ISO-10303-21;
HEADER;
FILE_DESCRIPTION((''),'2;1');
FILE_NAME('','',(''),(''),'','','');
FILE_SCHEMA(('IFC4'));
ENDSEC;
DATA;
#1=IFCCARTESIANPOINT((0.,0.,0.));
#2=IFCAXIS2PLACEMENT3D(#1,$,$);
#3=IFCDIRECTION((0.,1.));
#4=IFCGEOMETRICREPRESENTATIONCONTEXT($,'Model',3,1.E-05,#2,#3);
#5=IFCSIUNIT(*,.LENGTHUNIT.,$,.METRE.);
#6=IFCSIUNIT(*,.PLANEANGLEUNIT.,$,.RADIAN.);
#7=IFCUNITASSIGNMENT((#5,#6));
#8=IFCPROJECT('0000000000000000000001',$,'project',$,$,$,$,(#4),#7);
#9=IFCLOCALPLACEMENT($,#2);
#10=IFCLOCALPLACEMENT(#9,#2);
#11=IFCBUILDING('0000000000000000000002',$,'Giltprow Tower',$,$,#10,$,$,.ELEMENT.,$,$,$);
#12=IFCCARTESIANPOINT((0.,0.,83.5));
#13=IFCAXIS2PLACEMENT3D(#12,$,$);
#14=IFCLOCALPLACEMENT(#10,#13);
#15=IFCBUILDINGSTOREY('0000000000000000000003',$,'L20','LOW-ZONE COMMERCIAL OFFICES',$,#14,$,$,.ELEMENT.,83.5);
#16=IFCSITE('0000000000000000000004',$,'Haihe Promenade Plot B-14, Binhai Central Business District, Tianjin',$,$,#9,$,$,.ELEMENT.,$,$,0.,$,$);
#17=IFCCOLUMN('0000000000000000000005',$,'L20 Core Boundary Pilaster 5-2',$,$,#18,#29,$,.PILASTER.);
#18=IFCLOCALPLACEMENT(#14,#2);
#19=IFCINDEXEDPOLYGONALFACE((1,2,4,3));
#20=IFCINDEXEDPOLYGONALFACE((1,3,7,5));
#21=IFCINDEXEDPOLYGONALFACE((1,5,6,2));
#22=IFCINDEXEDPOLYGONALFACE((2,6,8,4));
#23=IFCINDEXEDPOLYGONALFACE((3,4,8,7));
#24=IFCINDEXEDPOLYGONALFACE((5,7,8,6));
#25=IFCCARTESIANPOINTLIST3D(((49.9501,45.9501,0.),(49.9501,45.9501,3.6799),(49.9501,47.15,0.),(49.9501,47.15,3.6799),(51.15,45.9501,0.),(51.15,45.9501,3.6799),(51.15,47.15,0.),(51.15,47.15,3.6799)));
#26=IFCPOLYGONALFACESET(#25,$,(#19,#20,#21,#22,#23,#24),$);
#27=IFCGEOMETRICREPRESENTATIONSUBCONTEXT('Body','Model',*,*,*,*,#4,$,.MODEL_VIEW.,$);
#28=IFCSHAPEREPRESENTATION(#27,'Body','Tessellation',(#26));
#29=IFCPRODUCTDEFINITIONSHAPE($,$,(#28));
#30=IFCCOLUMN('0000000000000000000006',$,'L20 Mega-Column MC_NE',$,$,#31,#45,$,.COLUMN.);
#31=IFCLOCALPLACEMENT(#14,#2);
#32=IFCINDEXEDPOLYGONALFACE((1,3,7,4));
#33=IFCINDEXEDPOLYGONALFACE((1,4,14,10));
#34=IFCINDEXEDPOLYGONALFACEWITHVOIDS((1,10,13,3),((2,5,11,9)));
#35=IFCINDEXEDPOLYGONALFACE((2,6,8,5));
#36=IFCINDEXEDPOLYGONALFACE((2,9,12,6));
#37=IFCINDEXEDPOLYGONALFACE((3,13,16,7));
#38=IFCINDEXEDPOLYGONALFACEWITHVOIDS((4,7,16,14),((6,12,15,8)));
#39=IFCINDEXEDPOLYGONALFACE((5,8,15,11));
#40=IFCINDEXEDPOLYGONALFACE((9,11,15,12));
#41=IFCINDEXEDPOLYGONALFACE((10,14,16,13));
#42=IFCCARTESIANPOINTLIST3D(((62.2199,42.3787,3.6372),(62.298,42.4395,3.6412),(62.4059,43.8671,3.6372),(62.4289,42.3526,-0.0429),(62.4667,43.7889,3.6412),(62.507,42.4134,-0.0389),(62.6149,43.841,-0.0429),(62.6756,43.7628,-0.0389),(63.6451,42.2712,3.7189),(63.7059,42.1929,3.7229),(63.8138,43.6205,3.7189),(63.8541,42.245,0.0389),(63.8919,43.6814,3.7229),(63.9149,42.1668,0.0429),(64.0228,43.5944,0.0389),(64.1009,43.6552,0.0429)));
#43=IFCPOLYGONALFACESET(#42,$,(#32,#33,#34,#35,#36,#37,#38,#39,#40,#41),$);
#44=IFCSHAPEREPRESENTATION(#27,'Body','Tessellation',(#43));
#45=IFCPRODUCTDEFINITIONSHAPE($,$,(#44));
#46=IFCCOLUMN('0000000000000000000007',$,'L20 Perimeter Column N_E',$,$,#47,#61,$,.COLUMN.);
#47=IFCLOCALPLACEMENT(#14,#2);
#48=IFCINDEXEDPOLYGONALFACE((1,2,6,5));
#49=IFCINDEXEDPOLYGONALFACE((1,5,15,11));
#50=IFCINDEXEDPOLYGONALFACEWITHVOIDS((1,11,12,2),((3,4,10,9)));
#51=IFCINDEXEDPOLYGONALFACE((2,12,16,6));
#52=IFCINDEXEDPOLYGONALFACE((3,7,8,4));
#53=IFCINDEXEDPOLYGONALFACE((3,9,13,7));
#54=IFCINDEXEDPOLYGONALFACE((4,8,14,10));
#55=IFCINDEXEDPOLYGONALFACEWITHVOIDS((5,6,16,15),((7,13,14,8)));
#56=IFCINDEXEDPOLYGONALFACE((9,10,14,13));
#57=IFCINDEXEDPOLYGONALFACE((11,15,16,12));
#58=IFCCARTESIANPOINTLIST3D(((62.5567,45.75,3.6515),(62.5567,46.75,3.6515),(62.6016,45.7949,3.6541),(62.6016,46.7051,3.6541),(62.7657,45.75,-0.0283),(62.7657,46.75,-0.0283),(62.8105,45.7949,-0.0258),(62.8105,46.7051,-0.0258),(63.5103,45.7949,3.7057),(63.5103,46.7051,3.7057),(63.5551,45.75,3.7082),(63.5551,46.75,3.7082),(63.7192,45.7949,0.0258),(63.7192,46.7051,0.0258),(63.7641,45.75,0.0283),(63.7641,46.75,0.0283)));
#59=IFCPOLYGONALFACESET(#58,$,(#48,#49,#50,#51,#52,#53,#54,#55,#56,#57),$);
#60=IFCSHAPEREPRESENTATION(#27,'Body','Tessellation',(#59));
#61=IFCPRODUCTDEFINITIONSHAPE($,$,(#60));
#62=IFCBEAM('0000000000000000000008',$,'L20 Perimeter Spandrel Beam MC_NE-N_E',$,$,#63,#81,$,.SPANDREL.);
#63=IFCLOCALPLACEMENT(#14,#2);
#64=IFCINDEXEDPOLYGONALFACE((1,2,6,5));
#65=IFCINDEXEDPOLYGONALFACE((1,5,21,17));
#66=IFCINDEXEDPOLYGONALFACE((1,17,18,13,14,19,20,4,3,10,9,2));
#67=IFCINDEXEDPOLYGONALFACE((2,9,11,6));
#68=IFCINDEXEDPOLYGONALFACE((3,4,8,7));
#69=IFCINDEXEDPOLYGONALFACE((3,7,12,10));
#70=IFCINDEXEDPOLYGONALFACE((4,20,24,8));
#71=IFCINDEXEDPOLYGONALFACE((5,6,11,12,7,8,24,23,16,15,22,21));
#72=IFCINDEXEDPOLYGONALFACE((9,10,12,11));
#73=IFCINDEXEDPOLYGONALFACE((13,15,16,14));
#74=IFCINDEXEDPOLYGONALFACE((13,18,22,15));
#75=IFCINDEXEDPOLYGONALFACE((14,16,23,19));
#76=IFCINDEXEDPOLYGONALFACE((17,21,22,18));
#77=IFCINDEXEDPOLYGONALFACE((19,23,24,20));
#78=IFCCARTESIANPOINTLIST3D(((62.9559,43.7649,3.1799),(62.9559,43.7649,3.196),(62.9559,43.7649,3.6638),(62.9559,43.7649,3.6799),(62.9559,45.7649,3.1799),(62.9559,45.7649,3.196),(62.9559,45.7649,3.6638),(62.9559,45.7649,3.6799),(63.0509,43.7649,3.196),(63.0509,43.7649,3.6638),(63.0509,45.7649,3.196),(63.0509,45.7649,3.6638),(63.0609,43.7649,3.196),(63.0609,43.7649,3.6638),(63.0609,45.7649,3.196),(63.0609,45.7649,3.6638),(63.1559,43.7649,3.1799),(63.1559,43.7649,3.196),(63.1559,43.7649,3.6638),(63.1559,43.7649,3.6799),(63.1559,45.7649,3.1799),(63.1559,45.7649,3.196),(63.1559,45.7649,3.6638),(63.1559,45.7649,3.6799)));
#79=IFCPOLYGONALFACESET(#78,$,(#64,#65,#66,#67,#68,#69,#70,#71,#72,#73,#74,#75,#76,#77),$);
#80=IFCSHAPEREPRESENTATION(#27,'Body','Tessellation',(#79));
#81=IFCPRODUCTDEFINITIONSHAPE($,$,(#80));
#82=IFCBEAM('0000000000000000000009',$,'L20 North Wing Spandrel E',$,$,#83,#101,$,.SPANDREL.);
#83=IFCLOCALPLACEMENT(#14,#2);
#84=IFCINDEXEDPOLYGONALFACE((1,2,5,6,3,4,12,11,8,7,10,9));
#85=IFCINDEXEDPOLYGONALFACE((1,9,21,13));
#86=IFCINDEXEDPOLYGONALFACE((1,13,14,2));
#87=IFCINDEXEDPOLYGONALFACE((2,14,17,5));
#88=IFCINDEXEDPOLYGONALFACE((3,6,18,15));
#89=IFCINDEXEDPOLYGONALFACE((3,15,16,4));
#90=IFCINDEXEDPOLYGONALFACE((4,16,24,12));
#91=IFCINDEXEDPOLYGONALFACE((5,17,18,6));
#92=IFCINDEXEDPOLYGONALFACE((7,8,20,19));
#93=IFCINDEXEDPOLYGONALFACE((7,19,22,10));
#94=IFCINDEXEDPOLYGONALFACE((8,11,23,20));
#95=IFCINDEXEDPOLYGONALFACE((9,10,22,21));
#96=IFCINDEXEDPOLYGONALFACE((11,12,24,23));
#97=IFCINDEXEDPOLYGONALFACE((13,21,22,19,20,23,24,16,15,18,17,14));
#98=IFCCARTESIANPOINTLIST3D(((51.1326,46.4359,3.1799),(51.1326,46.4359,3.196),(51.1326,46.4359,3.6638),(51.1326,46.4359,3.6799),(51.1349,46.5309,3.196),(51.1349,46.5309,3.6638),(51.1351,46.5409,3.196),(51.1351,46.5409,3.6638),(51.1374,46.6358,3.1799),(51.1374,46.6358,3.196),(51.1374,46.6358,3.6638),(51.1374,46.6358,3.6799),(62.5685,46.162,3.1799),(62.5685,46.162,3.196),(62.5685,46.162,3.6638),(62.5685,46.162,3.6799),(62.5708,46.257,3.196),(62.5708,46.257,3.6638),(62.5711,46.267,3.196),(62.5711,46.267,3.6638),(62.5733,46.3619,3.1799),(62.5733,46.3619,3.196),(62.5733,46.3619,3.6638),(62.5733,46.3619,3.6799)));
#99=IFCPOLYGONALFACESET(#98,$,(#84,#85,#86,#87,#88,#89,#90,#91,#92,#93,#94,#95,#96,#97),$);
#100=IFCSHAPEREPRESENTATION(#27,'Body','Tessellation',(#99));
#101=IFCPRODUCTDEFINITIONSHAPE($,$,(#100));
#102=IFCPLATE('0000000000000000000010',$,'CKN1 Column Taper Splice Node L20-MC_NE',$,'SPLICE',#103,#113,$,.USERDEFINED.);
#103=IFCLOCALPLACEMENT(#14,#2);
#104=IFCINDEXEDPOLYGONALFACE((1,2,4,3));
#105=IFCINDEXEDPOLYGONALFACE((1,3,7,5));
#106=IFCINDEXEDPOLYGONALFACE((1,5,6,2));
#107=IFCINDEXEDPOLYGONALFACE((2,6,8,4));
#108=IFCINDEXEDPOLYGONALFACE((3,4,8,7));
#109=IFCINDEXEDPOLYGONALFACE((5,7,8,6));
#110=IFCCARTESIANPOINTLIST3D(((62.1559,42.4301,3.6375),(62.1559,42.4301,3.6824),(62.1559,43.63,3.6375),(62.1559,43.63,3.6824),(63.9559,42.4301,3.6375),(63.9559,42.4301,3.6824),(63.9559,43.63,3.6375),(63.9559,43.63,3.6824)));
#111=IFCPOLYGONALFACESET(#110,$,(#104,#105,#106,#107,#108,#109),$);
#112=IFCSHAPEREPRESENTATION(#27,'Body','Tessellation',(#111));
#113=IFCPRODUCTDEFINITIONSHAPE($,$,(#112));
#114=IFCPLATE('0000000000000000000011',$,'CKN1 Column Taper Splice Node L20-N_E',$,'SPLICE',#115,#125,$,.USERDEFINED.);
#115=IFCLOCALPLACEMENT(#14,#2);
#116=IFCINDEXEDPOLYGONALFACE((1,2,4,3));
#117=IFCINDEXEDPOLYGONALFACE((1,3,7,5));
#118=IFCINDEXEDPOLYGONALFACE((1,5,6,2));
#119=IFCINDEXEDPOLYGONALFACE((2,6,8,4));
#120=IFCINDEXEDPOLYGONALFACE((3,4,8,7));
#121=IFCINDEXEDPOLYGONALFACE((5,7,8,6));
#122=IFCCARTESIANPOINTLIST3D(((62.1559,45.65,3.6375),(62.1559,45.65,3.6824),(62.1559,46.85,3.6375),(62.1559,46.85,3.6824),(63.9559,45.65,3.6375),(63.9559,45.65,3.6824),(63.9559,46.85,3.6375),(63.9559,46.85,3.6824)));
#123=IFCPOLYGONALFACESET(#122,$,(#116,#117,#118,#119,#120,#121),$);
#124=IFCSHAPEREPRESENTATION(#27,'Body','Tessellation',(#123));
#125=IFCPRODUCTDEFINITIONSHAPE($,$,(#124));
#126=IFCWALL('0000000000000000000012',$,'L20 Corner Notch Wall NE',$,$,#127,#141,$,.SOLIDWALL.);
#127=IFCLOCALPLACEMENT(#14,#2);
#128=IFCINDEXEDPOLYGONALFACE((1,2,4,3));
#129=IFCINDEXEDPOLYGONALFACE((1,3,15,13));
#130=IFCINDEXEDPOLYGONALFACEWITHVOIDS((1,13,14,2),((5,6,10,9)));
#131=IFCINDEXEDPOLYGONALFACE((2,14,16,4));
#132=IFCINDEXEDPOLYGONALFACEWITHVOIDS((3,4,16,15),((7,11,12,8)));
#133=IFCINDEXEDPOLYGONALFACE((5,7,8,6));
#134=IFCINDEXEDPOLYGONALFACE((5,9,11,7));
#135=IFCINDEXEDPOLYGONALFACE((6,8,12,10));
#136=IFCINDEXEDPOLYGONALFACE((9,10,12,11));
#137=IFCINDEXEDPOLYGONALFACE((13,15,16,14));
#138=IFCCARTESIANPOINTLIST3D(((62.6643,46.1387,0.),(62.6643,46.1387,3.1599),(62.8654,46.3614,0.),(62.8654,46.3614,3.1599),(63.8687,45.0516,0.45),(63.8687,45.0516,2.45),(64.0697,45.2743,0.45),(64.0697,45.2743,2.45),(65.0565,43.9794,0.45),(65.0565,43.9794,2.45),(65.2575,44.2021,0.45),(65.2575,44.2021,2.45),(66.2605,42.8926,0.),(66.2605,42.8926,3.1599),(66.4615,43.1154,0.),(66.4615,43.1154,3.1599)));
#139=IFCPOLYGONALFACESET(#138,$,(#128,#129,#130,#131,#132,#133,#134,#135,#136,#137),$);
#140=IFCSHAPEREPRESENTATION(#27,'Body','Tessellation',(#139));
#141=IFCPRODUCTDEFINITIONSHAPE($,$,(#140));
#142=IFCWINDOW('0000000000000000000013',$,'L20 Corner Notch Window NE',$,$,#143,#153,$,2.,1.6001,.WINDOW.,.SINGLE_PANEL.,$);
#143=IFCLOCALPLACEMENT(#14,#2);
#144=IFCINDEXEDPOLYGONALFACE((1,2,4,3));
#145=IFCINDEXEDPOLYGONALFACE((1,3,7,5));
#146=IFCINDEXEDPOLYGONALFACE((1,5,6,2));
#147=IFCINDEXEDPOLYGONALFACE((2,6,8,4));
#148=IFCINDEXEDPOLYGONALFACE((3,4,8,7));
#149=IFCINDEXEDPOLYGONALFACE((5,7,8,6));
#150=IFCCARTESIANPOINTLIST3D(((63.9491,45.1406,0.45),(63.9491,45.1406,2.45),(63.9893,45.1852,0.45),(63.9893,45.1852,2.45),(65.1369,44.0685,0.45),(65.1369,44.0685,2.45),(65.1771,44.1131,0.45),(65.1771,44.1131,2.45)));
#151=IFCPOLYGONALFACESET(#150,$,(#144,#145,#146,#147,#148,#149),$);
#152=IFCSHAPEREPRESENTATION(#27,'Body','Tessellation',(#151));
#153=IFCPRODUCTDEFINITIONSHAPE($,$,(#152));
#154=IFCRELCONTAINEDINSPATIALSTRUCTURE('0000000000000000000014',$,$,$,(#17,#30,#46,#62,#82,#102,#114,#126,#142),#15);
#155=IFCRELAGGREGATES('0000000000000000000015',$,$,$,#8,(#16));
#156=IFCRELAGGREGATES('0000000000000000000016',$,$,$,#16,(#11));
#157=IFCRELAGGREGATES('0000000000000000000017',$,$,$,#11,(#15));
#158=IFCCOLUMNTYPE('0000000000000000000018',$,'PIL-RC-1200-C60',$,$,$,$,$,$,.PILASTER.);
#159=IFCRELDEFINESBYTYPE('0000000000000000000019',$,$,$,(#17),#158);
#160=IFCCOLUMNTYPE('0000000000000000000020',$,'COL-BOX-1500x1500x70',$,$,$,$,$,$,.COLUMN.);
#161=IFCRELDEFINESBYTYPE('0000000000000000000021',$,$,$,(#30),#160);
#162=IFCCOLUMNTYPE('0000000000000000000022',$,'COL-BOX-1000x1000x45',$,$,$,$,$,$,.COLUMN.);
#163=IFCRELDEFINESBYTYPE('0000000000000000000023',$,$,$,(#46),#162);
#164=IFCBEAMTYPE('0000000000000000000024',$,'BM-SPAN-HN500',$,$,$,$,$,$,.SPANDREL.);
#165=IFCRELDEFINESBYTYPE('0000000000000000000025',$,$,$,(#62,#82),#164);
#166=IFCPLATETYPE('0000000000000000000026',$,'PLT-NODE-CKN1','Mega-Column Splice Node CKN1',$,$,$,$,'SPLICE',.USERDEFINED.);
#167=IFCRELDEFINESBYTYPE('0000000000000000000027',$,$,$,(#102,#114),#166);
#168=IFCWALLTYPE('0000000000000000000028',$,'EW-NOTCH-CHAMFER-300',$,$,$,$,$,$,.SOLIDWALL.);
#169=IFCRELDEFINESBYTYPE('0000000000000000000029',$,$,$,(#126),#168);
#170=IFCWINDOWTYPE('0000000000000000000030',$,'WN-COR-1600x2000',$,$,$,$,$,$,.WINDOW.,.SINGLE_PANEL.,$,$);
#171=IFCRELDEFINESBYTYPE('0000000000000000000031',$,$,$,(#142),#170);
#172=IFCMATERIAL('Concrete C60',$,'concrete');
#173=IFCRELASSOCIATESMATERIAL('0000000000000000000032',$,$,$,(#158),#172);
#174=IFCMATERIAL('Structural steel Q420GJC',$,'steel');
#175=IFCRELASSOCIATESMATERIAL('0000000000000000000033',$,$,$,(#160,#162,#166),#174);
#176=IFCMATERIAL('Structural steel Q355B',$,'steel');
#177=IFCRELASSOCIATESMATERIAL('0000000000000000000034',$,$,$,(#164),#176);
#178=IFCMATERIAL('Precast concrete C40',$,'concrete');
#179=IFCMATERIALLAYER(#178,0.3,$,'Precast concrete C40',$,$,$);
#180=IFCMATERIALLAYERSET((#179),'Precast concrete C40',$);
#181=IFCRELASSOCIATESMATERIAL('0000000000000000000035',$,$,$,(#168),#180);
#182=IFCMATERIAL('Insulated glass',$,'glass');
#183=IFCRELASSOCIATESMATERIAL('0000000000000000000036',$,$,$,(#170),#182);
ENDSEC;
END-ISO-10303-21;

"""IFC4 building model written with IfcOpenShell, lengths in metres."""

from ifc_helpers import new_model, si_unit, direction, frame, frame_2d, origin, origin_2d, place, context, subcontext, project, spatial, rectangle, hollow_rectangle, i_section, extrude, source, transform, mapped, material, layer, layer_set, material_profile, profile_set, type_object, element, fill, save


model = new_model("IFC4")

# Units and contexts
model_context = context("Model", 3, precision=1e-05, world=origin(), true_north=direction((0.0, 1.0)))
body_context = subcontext(model_context, "Body", "Model", "MODEL_VIEW")
ifc_project = project(units=[si_unit("LENGTHUNIT", "METRE"), si_unit("PLANEANGLEUNIT", "RADIAN")], contexts=[model_context])

# Site, building, storey
site_placement = place(None, origin())
site = spatial("IfcSite", under=ifc_project, at=site_placement, Name="Haihe Promenade Plot B-14, Binhai Central Business District, Tianjin", CompositionType="ELEMENT", RefElevation=0.0)
building_placement = place(site_placement, origin())
building = spatial("IfcBuilding", under=site, at=building_placement, Name="Giltprow Tower", CompositionType="ELEMENT")
storey_placement = place(building_placement, frame((0.0, 0.0, 83.5)))
storey = spatial("IfcBuildingStorey", under=building, at=storey_placement, Name="L20", Description="LOW-ZONE COMMERCIAL OFFICES", CompositionType="ELEMENT", Elevation=83.5)

# Columns
ifc_material_1 = material(Name="Concrete C60", Category="concrete")
ifc_material_profile_1 = material_profile(ifc_material_1, rectangle(XDim=1.2, YDim=1.2, at=origin_2d()), Name="RC 1200x1200")
ifc_profile_set_1 = profile_set([ifc_material_profile_1], Name="Concrete C60")
column_type_1 = type_object("IfcColumnType", Name="PIL-RC-1200-C60", PredefinedType="PILASTER", material=ifc_profile_set_1)
shared_shape_1 = source(origin(), body_context, "Body", "SweptSolid", [
    extrude(rectangle(XDim=1.2, YDim=1.2, at=origin_2d()), origin(), (0.0, 0.0, 1.0), 3.6799),
])
column_1_placement = place(storey_placement, frame((50.55, 46.55, 0.0), z_axis=(0.0, 0.0, 1.0), x_axis=(1.0, 0.0, 0.0)))
element("IfcColumn", 1, at=column_1_placement, inside=storey, type_object=column_type_1, Name="L20 Core Boundary Pilaster 5-2", PredefinedType="PILASTER", context=body_context, shape_type="MappedRepresentation", body=[
    mapped(shared_shape_1, transform((0.0, 0.0, 0.0), x_axis=(1.0, 0.0, 0.0), y_axis=(0.0, 1.0, 0.0), z_axis=(0.0, 0.0, 1.0), scale=1.0)),
])
ifc_material_2 = material(Name="Structural steel Q420GJC", Category="steel")
ifc_material_profile_2 = material_profile(ifc_material_2, hollow_rectangle(XDim=1.5, YDim=1.5, WallThickness=0.0701, at=origin_2d()), Name="BOX 1500x1500x70")
ifc_profile_set_2 = profile_set([ifc_material_profile_2], Name="Structural steel Q420GJC")
column_type_2 = type_object("IfcColumnType", Name="COL-BOX-1500x1500x70", PredefinedType="COLUMN", material=ifc_profile_set_2)
shared_shape_2 = source(origin(), body_context, "Body", "SweptSolid", [
    extrude(hollow_rectangle(XDim=1.5, YDim=1.5, WallThickness=0.0701, at=origin_2d()), origin(), (0.0, 0.0, 1.0), 3.686),
])
column_2_placement = place(storey_placement, frame((63.2649, 43.0039, 0.0), z_axis=(-0.056698, 0.007087, 0.998366), x_axis=(-0.124035, -0.992278, 0.0)))
element("IfcColumn", 2, at=column_2_placement, inside=storey, type_object=column_type_2, Name="L20 Mega-Column MC_NE", PredefinedType="COLUMN", context=body_context, shape_type="MappedRepresentation", body=[
    mapped(shared_shape_2, transform((0.0, 0.0, 0.0), x_axis=(1.0, 0.0, 0.0), y_axis=(0.0, 1.0, 0.0), z_axis=(0.0, 0.0, 1.0), scale=1.0)),
])
ifc_material_profile_3 = material_profile(ifc_material_2, hollow_rectangle(XDim=1.0, YDim=1.0, WallThickness=0.0449, at=origin_2d()), Name="BOX 1000x1000x45")
ifc_profile_set_3 = profile_set([ifc_material_profile_3], Name="Structural steel Q420GJC")
column_type_3 = type_object("IfcColumnType", Name="COL-BOX-1000x1000x45", PredefinedType="COLUMN", material=ifc_profile_set_3)
shared_shape_3 = source(origin(), body_context, "Body", "SweptSolid", [
    extrude(hollow_rectangle(XDim=1.0, YDim=1.0, WallThickness=0.0449, at=origin_2d()), origin(), (0.0, 0.0, 1.0), 3.6858),
])
column_3_placement = place(storey_placement, frame((63.2649, 46.25, 0.0), z_axis=(-0.056699, 0.0, 0.998391), x_axis=(0.0, -1.0, 0.0)))
element("IfcColumn", 3, at=column_3_placement, inside=storey, type_object=column_type_3, Name="L20 Perimeter Column N_E", PredefinedType="COLUMN", context=body_context, shape_type="MappedRepresentation", body=[
    mapped(shared_shape_3, transform((0.0, 0.0, 0.0), x_axis=(1.0, 0.0, 0.0), y_axis=(0.0, 1.0, 0.0), z_axis=(0.0, 0.0, 1.0), scale=1.0)),
])

# Beams
ifc_material_3 = material(Name="Structural steel Q355B", Category="steel")
ifc_material_profile_4 = material_profile(ifc_material_3, i_section(OverallWidth=0.2, OverallDepth=0.5, WebThickness=0.01, FlangeThickness=0.0161, at=origin_2d()), Name="HN 500x200x10x16")
ifc_profile_set_4 = profile_set([ifc_material_profile_4], Name="Structural steel Q355B")
beam_type = type_object("IfcBeamType", Name="BM-SPAN-HN500", PredefinedType="SPANDREL", material=ifc_profile_set_4)
shared_shape_4 = source(origin(), body_context, "Body", "SweptSolid", [
    extrude(i_section(OverallWidth=0.2, OverallDepth=0.5, WebThickness=0.01, FlangeThickness=0.0161, at=origin_2d()), origin(), (0.0, 0.0, 1.0), 2.0),
])
beam_1_placement = place(storey_placement, frame((63.0559, 43.7649, 3.4299), z_axis=(0.0, 1.0, 0.0), x_axis=(-1.0, 0.0, 0.0)))
element("IfcBeam", 4, at=beam_1_placement, inside=storey, type_object=beam_type, Name="L20 Perimeter Spandrel Beam MC_NE-N_E", PredefinedType="SPANDREL", context=body_context, shape_type="MappedRepresentation", body=[
    mapped(shared_shape_4, transform((0.0, 0.0, 0.0), x_axis=(1.0, 0.0, 0.0), y_axis=(0.0, 1.0, 0.0), z_axis=(0.0, 0.0, 1.0), scale=1.0)),
])
shared_shape_5 = source(origin(), body_context, "Body", "SweptSolid", [
    extrude(i_section(OverallWidth=0.2, OverallDepth=0.5, WebThickness=0.01, FlangeThickness=0.0161, at=origin_2d()), origin(), (0.0, 0.0, 1.0), 11.4392),
])
beam_2_placement = place(storey_placement, frame((51.135, 46.5359, 3.4299), z_axis=(0.999713, -0.023946, 0.0), x_axis=(0.023946, 0.999713, 0.0)))
element("IfcBeam", 5, at=beam_2_placement, inside=storey, type_object=beam_type, Name="L20 North Wing Spandrel E", PredefinedType="SPANDREL", context=body_context, shape_type="MappedRepresentation", body=[
    mapped(shared_shape_5, transform((0.0, 0.0, 0.0), x_axis=(1.0, 0.0, 0.0), y_axis=(0.0, 1.0, 0.0), z_axis=(0.0, 0.0, 1.0), scale=1.0)),
])

# Plates
plate_type = type_object("IfcPlateType", Name="PLT-NODE-CKN1", Description="Mega-Column Splice Node CKN1", ElementType="SPLICE", PredefinedType="USERDEFINED", material=ifc_material_2)
shared_shape_6 = source(origin(), body_context, "Body", "SweptSolid", [
    extrude(rectangle(XDim=1.8, YDim=1.2, at=origin_2d()), origin(), (0.0, 0.0, 1.0), 0.0449),
])
for number, where, z_axis, x_axis, name in (
    (6, (63.0559, 43.03, 3.6375), (0.0, 0.0, 1.0), (1.0, 0.0, 0.0), "CKN1 Column Taper Splice Node L20-MC_NE"),
    (7, (63.0559, 46.25, 3.6375), (0.0, 0.0, 1.0), (1.0, 0.0, 0.0), "CKN1 Column Taper Splice Node L20-N_E"),
):
    element("IfcPlate", number, at=place(storey_placement, frame(where, z_axis=z_axis, x_axis=x_axis)), inside=storey, type_object=plate_type, Name=name, ObjectType="SPLICE", PredefinedType="USERDEFINED", context=body_context, shape_type="MappedRepresentation", body=[
        mapped(shared_shape_6, transform((0.0, 0.0, 0.0), x_axis=(1.0, 0.0, 0.0), y_axis=(0.0, 1.0, 0.0), z_axis=(0.0, 0.0, 1.0), scale=1.0)),
    ])

# Wall, opening, window
ifc_material_4 = material(Name="Precast concrete C40", Category="concrete")
ifc_layer_1 = layer(ifc_material_4, 0.3, Name="Precast concrete C40")
ifc_layer_set_1 = layer_set([ifc_layer_1], Name="Precast concrete C40")
wall_type_1 = type_object("IfcWallType", Name="EW-NOTCH-CHAMFER-300", PredefinedType="SOLIDWALL", material=ifc_layer_set_1)
wall_1_placement = place(storey_placement, frame((66.3611, 43.0039, 0.0), z_axis=(0.0, 0.0, 1.0), x_axis=(-0.742316, 0.67005, 0.0)))
wall_1 = element("IfcWall", 8, at=wall_1_placement, inside=storey, type_object=wall_type_1, Name="L20 Corner Notch Wall NE", PredefinedType="SOLIDWALL", context=body_context, shape_type="SweptSolid", body=[
    extrude(rectangle(XDim=4.8445, YDim=0.3, at=frame_2d((2.4224, 0.0))), origin(), (0.0, 0.0, 1.0), 3.1599),
])
opening_1_placement = place(wall_1_placement, frame((1.6221, 0.0, 0.45)))
opening_1 = element("IfcOpeningElement", 9, at=opening_1_placement, cuts=wall_1, PredefinedType="OPENING", context=body_context, shape_type="SweptSolid", body=[
    extrude(rectangle(XDim=1.6001, YDim=2.0, at=frame_2d((0.8, 1.0))), frame((0.0, 0.1599, 0.0), z_axis=(0.0, -1.0, 0.0), x_axis=(1.0, 0.0, 0.0)), (0.0, 0.0, 1.0), 0.3201),
])
ifc_material_5 = material(Name="Insulated glass", Category="glass")
window_type = type_object("IfcWindowType", Name="WN-COR-1600x2000", PartitioningType="SINGLE_PANEL", PredefinedType="WINDOW", material=ifc_material_5)
shared_shape_7 = source(origin(), body_context, "Body", "SweptSolid", [
    extrude(rectangle(XDim=1.6001, YDim=2.0, at=frame_2d((0.8, 1.0))), frame((0.0, 0.03, 0.0), z_axis=(0.0, -1.0, 0.0), x_axis=(1.0, 0.0, 0.0)), (0.0, 0.0, 1.0), 0.0601),
])
window_1_placement = place(opening_1_placement, origin())
window_1 = element("IfcWindow", 10, at=window_1_placement, inside=storey, type_object=window_type, Name="L20 Corner Notch Window NE", OverallHeight=2.0, OverallWidth=1.6001, PartitioningType="SINGLE_PANEL", PredefinedType="WINDOW", context=body_context, shape_type="MappedRepresentation", body=[
    mapped(shared_shape_7, transform((0.0, 0.0, 0.0), x_axis=(1.0, 0.0, 0.0), y_axis=(0.0, 1.0, 0.0), z_axis=(0.0, 0.0, 1.0), scale=1.0)),
])
fill(opening_1, window_1)

save(model, "model.ifc")
